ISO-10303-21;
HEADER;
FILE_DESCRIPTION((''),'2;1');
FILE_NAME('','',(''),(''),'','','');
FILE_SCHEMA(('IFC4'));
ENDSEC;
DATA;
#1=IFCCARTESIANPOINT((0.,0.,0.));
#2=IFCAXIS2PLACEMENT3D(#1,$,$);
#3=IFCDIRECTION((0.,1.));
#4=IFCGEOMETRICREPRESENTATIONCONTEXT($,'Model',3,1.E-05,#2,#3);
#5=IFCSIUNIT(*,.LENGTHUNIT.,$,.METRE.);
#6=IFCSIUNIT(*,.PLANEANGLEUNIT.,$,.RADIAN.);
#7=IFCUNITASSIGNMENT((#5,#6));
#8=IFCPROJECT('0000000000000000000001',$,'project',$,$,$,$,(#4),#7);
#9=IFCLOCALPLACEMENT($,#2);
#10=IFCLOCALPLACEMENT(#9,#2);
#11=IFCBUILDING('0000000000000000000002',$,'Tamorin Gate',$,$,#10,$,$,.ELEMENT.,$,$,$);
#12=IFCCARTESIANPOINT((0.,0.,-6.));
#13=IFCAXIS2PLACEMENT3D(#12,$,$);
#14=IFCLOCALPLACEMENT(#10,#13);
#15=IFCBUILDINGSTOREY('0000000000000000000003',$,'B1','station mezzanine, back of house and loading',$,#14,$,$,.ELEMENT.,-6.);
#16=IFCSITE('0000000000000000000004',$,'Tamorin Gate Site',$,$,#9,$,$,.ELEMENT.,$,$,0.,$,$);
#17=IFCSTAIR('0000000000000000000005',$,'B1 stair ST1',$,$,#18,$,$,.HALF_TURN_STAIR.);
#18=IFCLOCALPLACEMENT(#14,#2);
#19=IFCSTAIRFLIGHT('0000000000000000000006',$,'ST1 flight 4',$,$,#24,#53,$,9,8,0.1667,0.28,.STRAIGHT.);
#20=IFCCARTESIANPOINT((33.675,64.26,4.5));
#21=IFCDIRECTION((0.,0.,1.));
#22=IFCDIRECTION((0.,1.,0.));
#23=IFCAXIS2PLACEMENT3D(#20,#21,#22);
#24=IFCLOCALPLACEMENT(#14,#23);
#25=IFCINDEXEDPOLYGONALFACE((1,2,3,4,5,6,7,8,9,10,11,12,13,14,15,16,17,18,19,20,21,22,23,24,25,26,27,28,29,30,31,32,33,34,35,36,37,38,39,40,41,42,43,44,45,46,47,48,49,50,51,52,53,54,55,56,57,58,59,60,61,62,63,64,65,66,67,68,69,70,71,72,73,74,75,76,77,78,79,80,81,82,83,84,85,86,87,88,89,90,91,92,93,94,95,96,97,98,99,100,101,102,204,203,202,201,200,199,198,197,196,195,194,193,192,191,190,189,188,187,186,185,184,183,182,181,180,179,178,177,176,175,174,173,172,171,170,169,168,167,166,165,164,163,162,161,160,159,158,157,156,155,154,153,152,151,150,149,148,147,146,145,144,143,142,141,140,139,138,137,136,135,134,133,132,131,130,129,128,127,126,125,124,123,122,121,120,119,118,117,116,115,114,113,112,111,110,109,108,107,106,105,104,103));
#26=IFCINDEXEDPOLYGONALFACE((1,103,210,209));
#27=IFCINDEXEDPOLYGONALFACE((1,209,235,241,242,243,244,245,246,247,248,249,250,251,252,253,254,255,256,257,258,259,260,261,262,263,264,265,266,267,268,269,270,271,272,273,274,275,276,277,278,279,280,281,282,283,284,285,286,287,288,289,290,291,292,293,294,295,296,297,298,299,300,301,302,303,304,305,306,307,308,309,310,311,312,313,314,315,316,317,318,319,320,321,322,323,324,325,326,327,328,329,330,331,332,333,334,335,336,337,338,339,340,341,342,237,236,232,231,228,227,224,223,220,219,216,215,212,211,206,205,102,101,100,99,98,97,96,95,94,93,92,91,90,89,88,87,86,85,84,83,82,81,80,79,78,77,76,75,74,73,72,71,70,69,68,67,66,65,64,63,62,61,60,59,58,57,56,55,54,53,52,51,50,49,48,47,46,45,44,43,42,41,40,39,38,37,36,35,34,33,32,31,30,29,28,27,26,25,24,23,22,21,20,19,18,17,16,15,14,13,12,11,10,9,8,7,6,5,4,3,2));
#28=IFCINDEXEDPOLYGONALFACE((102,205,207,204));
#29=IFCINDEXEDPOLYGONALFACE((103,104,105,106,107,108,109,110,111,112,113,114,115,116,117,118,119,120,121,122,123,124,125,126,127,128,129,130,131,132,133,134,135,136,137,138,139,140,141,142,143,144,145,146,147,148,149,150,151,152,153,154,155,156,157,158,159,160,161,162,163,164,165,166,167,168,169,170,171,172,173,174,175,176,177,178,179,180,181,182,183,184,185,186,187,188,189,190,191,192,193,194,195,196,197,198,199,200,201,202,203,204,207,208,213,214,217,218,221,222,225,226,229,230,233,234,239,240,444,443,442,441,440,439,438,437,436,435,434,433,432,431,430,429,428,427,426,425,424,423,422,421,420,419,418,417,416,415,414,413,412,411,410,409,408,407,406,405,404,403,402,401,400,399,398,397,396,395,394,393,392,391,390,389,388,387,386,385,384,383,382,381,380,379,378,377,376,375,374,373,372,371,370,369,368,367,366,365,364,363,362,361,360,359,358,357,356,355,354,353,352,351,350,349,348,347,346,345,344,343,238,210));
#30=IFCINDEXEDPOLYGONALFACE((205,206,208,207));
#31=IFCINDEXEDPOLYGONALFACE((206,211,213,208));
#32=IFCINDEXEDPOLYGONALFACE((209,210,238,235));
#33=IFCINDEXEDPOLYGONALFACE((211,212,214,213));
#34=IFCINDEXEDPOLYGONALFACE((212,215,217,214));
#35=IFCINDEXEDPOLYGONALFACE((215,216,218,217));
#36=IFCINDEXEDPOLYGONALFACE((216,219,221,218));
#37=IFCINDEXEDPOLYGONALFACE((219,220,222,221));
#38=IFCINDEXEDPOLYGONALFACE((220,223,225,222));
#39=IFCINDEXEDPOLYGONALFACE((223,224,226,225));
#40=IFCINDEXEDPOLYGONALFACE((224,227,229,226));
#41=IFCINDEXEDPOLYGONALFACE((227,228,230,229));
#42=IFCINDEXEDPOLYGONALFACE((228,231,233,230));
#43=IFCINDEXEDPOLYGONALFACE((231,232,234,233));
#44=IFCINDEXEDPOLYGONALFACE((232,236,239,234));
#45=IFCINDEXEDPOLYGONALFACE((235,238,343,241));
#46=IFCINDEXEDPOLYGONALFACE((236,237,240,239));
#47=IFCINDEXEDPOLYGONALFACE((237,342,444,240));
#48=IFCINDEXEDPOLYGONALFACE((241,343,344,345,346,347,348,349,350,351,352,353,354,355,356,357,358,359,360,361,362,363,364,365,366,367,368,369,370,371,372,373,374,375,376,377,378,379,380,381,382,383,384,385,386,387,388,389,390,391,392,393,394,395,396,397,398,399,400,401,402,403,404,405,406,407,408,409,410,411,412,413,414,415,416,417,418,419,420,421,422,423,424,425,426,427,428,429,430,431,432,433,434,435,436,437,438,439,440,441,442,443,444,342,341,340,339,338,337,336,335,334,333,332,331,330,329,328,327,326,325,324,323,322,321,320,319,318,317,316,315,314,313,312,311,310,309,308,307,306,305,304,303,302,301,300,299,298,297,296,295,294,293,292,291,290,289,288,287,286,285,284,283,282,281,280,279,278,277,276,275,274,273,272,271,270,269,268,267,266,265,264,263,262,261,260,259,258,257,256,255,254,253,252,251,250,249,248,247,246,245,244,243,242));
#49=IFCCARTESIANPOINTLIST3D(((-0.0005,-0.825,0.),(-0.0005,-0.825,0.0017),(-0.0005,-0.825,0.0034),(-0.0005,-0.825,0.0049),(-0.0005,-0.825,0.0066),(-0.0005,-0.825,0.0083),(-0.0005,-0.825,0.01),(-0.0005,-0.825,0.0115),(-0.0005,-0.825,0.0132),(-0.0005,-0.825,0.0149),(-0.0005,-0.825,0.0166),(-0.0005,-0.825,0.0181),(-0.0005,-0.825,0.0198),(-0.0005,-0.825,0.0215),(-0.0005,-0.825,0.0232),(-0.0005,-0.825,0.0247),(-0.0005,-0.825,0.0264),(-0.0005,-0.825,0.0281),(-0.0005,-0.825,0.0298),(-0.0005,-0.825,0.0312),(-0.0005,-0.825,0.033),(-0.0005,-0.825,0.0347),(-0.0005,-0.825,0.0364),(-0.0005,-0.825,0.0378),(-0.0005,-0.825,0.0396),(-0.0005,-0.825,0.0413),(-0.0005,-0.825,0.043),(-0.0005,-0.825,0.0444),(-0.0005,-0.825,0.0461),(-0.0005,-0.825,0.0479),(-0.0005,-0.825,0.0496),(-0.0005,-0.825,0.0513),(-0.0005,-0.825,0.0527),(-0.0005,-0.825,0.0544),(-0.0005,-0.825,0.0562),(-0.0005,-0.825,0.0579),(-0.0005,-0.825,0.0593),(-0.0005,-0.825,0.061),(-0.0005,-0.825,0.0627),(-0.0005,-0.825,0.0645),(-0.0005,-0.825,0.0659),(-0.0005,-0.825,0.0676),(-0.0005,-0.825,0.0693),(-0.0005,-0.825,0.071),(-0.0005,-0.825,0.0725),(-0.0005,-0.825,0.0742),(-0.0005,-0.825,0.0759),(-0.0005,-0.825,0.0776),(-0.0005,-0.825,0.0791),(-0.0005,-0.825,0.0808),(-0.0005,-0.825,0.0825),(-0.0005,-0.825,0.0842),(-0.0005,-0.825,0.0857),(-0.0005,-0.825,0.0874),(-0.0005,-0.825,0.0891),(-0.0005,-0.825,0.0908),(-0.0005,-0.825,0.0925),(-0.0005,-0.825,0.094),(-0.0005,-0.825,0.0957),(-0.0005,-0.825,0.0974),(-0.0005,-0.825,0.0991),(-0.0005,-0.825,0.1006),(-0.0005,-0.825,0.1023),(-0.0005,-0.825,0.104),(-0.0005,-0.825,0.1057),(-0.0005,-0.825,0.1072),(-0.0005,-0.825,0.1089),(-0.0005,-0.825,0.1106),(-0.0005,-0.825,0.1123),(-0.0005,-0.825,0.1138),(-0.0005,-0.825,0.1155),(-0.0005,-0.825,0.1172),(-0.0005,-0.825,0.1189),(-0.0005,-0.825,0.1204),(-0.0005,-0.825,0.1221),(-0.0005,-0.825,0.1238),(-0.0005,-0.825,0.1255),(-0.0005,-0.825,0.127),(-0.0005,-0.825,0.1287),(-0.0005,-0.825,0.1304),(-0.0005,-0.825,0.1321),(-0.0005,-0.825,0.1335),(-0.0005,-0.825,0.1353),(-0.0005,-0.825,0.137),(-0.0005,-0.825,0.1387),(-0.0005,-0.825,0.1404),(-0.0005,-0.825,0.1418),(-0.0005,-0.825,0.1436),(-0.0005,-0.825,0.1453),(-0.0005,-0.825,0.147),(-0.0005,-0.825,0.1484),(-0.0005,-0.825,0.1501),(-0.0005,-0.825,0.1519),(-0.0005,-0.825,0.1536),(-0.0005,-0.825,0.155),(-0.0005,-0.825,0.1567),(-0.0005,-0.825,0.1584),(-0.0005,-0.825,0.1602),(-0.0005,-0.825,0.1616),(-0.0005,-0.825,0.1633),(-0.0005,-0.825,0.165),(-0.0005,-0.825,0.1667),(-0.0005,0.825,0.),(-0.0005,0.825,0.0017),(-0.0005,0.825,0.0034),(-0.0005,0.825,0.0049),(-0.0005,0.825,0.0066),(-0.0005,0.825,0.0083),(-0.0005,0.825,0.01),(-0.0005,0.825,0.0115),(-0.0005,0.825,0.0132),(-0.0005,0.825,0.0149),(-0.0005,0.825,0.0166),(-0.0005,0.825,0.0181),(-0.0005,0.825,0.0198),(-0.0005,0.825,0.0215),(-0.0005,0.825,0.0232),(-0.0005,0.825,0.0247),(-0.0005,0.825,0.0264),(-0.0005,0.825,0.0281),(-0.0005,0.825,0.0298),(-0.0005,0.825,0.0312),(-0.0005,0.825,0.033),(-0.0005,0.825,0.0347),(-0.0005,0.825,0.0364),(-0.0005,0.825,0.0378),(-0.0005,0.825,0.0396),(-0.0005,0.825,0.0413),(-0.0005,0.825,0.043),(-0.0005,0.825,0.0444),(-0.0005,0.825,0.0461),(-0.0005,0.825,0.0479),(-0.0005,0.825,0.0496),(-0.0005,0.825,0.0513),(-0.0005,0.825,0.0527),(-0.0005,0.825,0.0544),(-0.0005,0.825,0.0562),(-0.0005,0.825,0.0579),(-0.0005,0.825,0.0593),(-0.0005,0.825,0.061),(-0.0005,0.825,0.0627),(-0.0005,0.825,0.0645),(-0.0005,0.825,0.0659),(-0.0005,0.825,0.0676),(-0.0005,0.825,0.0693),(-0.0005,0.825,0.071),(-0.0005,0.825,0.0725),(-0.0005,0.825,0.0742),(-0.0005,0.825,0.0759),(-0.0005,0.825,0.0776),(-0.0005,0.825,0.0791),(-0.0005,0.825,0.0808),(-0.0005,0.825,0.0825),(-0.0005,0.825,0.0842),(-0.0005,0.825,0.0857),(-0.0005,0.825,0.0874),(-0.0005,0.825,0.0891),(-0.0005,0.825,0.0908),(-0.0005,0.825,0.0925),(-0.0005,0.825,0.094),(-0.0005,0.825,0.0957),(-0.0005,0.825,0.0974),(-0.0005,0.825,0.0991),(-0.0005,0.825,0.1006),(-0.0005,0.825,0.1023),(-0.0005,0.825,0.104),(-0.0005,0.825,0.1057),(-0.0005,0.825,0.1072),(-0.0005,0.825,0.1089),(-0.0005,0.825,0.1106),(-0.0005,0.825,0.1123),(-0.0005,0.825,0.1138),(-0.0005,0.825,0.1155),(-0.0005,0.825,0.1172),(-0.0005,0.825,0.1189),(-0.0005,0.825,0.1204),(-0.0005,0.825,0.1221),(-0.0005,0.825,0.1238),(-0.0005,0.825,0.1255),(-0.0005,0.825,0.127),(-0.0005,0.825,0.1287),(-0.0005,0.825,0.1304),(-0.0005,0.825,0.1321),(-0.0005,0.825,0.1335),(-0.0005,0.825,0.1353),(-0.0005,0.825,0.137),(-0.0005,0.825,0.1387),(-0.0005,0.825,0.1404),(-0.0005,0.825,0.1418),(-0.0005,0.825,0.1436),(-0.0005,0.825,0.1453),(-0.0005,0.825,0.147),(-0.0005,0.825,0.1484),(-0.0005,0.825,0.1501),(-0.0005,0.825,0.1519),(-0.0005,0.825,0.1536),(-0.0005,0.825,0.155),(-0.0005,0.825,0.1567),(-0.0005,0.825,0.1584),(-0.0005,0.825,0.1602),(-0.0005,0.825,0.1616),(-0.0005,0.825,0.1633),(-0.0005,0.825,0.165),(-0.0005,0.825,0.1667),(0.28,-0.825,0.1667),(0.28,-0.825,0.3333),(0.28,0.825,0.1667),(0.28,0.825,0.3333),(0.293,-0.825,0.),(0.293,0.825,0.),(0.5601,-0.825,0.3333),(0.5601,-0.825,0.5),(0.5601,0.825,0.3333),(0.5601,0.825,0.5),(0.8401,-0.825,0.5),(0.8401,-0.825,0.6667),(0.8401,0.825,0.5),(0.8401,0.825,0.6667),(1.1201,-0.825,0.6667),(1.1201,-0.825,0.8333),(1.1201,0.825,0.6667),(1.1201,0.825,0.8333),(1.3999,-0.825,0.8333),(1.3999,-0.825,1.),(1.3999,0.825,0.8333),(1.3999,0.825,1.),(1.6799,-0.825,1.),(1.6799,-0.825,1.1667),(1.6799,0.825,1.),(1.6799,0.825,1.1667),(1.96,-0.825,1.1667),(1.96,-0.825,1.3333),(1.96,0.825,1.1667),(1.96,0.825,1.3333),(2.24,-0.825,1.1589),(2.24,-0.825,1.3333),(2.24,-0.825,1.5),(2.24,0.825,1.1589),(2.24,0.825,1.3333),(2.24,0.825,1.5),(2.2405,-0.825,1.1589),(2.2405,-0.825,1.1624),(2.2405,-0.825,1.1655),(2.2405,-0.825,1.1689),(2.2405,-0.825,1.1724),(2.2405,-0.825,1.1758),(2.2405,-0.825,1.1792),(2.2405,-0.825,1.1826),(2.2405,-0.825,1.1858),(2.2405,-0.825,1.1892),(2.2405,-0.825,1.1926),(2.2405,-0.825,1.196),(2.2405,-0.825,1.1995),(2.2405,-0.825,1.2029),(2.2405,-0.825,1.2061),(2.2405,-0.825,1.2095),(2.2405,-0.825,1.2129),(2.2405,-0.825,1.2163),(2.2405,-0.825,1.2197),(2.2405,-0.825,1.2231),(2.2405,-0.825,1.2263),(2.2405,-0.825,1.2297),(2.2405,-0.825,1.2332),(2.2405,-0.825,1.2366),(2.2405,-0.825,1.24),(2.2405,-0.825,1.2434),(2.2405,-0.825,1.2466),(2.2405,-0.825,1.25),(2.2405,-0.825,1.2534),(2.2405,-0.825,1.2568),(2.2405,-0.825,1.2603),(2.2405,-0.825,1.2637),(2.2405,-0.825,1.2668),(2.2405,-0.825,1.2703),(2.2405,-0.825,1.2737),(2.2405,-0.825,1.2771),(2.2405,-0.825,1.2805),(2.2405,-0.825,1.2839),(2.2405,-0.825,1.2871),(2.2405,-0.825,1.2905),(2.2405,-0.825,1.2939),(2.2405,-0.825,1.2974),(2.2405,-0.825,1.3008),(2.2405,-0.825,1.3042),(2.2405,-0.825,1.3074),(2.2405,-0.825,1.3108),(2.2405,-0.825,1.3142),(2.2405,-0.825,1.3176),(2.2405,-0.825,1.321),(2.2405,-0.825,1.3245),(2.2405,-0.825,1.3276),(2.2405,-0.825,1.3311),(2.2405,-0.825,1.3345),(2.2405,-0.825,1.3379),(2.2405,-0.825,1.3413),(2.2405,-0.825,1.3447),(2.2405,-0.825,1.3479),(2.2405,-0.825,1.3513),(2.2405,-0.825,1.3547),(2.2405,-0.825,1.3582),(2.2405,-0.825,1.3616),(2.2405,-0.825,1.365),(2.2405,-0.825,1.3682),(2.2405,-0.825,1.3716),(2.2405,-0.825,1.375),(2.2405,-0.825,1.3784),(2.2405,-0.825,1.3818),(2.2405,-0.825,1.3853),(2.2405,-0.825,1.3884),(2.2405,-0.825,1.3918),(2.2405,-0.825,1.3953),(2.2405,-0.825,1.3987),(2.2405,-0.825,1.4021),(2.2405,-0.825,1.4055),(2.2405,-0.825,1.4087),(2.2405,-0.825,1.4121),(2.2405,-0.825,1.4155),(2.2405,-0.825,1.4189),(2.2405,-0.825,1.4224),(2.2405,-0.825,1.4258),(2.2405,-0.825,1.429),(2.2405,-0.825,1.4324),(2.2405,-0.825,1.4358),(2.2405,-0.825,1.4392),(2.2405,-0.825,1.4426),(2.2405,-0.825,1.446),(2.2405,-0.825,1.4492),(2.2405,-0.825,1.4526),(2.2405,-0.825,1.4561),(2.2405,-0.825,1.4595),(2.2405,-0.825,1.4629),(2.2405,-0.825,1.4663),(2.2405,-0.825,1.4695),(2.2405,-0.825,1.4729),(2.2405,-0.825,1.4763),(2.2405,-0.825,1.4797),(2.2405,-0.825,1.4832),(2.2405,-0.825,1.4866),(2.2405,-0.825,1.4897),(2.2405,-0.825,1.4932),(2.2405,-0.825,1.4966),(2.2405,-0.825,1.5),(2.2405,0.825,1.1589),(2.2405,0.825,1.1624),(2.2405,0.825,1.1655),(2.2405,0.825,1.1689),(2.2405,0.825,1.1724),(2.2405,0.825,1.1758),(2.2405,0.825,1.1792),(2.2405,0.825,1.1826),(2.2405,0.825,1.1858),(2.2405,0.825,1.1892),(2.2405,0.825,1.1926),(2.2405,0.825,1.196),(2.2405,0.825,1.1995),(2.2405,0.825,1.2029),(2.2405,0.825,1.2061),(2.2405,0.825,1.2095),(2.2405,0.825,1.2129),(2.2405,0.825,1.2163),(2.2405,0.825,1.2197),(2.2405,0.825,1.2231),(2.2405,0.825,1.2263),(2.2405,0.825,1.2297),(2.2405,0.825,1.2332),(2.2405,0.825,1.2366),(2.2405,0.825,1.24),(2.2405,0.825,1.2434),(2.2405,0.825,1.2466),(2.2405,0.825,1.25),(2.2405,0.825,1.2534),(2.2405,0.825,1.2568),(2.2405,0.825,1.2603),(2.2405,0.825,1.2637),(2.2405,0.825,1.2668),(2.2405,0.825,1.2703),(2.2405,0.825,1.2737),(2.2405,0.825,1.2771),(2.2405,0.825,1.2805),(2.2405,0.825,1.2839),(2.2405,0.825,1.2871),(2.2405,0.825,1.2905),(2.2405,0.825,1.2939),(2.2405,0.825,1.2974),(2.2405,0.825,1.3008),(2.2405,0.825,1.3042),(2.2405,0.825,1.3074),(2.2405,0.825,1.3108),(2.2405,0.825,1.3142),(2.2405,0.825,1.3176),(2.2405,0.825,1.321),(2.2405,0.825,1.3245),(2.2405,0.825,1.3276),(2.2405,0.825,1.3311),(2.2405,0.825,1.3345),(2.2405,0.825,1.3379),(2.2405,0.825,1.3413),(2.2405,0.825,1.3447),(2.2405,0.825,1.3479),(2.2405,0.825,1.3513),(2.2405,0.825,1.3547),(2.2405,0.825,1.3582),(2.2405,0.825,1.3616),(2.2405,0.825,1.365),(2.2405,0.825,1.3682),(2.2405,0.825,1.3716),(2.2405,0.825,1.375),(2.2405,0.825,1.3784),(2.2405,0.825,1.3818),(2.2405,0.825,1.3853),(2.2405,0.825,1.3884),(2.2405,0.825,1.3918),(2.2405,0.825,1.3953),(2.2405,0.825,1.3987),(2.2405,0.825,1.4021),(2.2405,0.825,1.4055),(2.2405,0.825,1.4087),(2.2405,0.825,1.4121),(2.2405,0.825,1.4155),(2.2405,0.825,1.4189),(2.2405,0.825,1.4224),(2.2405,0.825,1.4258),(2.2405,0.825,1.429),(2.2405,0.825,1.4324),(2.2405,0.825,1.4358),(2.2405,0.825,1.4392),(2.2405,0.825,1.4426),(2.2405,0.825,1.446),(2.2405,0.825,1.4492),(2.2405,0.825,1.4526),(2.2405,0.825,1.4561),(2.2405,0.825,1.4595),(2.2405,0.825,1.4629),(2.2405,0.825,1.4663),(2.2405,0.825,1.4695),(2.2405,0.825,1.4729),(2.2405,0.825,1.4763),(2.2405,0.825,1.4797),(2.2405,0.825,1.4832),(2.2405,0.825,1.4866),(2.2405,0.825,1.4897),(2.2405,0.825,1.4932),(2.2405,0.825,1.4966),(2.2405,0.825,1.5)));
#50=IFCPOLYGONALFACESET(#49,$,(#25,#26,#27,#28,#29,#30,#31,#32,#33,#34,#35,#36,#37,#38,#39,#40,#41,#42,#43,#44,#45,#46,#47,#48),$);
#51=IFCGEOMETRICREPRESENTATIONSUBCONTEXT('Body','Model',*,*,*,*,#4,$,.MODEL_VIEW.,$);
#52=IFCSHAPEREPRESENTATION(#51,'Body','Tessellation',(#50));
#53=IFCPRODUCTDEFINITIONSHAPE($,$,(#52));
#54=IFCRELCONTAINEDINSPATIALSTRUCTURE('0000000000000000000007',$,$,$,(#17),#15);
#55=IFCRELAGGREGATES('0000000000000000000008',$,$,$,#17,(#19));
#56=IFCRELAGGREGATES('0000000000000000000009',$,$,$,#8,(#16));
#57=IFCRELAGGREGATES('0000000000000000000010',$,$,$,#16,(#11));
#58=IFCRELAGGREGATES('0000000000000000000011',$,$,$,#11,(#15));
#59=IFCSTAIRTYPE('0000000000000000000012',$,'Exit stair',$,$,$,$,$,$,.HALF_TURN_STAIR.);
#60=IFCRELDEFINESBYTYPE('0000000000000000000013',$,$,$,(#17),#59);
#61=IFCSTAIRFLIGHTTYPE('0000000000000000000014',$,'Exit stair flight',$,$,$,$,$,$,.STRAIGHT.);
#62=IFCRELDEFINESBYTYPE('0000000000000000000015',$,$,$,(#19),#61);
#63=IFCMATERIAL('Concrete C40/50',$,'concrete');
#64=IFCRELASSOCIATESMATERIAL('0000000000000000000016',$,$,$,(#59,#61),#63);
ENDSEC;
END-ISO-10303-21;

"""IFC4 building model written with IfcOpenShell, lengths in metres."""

from ifc_helpers import new_model, si_unit, direction, frame, origin, place, context, subcontext, project, spatial, polyline, outline, extrude, material, type_object, element, aggregate, save


model = new_model("IFC4")

# Units and contexts
model_context = context("Model", 3, precision=1e-05, world=origin(), true_north=direction((0.0, 1.0)))
body_context = subcontext(model_context, "Body", "Model", "MODEL_VIEW")
ifc_project = project(units=[si_unit("LENGTHUNIT", "METRE"), si_unit("PLANEANGLEUNIT", "RADIAN")], contexts=[model_context])

# Site, building, storey
site_placement = place(None, origin())
site = spatial("IfcSite", under=ifc_project, at=site_placement, Name="Tamorin Gate Site", CompositionType="ELEMENT", RefElevation=0.0)
building_placement = place(site_placement, origin())
building = spatial("IfcBuilding", under=site, at=building_placement, Name="Tamorin Gate", CompositionType="ELEMENT")
storey_placement = place(building_placement, frame((0.0, 0.0, -6.0)))
storey = spatial("IfcBuildingStorey", under=building, at=storey_placement, Name="B1", Description="station mezzanine, back of house and loading", CompositionType="ELEMENT", Elevation=-6.0)

# Shared definitions
ifc_material_1 = material(Name="Concrete C40/50", Category="concrete")

# Stair, stair flight
stair_type = type_object("IfcStairType", Name="Exit stair", PredefinedType="HALF_TURN_STAIR", material=ifc_material_1)
stair_placement = place(storey_placement, origin())
stair = element("IfcStair", 1, at=stair_placement, inside=storey, type_object=stair_type, Name="B1 stair ST1", PredefinedType="HALF_TURN_STAIR")
stair_flight_type = type_object("IfcStairFlightType", Name="Exit stair flight", PredefinedType="STRAIGHT", material=ifc_material_1)
stair_flight_1_placement = place(storey_placement, frame((33.675, 64.26, 4.5), z_axis=(0.0, 0.0, 1.0), x_axis=(0.0, 1.0, 0.0)))
stair_flight_1 = element("IfcStairFlight", 2, at=stair_flight_1_placement, type_object=stair_flight_type, Name="ST1 flight 4", NumberOfRisers=9, NumberOfTreads=8, PredefinedType="STRAIGHT", RiserHeight=0.1667, TreadLength=0.28, context=body_context, shape_type="SweptSolid", body=[
    extrude(outline(polyline([(-0.0005, 0.0), (-0.0005, 0.0017), (-0.0005, 0.0034), (-0.0005, 0.0049), (-0.0005, 0.0066), (-0.0005, 0.0083), (-0.0005, 0.01), (-0.0005, 0.0115), (-0.0005, 0.0132), (-0.0005, 0.0149), (-0.0005, 0.0166), (-0.0005, 0.0181), (-0.0005, 0.0198), (-0.0005, 0.0215), (-0.0005, 0.0232), (-0.0005, 0.0247), (-0.0005, 0.0264), (-0.0005, 0.0281), (-0.0005, 0.0298), (-0.0005, 0.0312), (-0.0005, 0.033), (-0.0005, 0.0347), (-0.0005, 0.0364), (-0.0005, 0.0378), (-0.0005, 0.0396), (-0.0005, 0.0413), (-0.0005, 0.043), (-0.0005, 0.0444), (-0.0005, 0.0461), (-0.0005, 0.0479), (-0.0005, 0.0496), (-0.0005, 0.0513), (-0.0005, 0.0527), (-0.0005, 0.0544), (-0.0005, 0.0562), (-0.0005, 0.0579), (-0.0005, 0.0593), (-0.0005, 0.061), (-0.0005, 0.0627), (-0.0005, 0.0645), (-0.0005, 0.0659), (-0.0005, 0.0676), (-0.0005, 0.0693), (-0.0005, 0.071), (-0.0005, 0.0725), (-0.0005, 0.0742), (-0.0005, 0.0759), (-0.0005, 0.0776), (-0.0005, 0.0791), (-0.0005, 0.0808), (-0.0005, 0.0825), (-0.0005, 0.0842), (-0.0005, 0.0857), (-0.0005, 0.0874), (-0.0005, 0.0891), (-0.0005, 0.0908), (-0.0005, 0.0925), (-0.0005, 0.094), (-0.0005, 0.0957), (-0.0005, 0.0974), (-0.0005, 0.0991), (-0.0005, 0.1006), (-0.0005, 0.1023), (-0.0005, 0.104), (-0.0005, 0.1057), (-0.0005, 0.1072), (-0.0005, 0.1089), (-0.0005, 0.1106), (-0.0005, 0.1123), (-0.0005, 0.1138), (-0.0005, 0.1155), (-0.0005, 0.1172), (-0.0005, 0.1189), (-0.0005, 0.1204), (-0.0005, 0.1221), (-0.0005, 0.1238), (-0.0005, 0.1255), (-0.0005, 0.127), (-0.0005, 0.1287), (-0.0005, 0.1304), (-0.0005, 0.1321), (-0.0005, 0.1335), (-0.0005, 0.1353), (-0.0005, 0.137), (-0.0005, 0.1387), (-0.0005, 0.1404), (-0.0005, 0.1418), (-0.0005, 0.1436), (-0.0005, 0.1453), (-0.0005, 0.147), (-0.0005, 0.1484), (-0.0005, 0.1501), (-0.0005, 0.1519), (-0.0005, 0.1536), (-0.0005, 0.155), (-0.0005, 0.1567), (-0.0005, 0.1584), (-0.0005, 0.1602), (-0.0005, 0.1616), (-0.0005, 0.1633), (-0.0005, 0.165), (-0.0005, 0.1667), (0.28, 0.1667), (0.28, 0.3333), (0.5601, 0.3333), (0.5601, 0.5), (0.8401, 0.5), (0.8401, 0.6667), (1.1201, 0.6667), (1.1201, 0.8333), (1.3999, 0.8333), (1.3999, 1.0), (1.6799, 1.0), (1.6799, 1.1667), (1.96, 1.1667), (1.96, 1.3333), (2.24, 1.3333), (2.24, 1.5), (2.2405, 1.5), (2.2405, 1.4966), (2.2405, 1.4932), (2.2405, 1.4897), (2.2405, 1.4866), (2.2405, 1.4832), (2.2405, 1.4797), (2.2405, 1.4763), (2.2405, 1.4729), (2.2405, 1.4695), (2.2405, 1.4663), (2.2405, 1.4629), (2.2405, 1.4595), (2.2405, 1.4561), (2.2405, 1.4526), (2.2405, 1.4492), (2.2405, 1.446), (2.2405, 1.4426), (2.2405, 1.4392), (2.2405, 1.4358), (2.2405, 1.4324), (2.2405, 1.429), (2.2405, 1.4258), (2.2405, 1.4224), (2.2405, 1.4189), (2.2405, 1.4155), (2.2405, 1.4121), (2.2405, 1.4087), (2.2405, 1.4055), (2.2405, 1.4021), (2.2405, 1.3987), (2.2405, 1.3953), (2.2405, 1.3918), (2.2405, 1.3884), (2.2405, 1.3853), (2.2405, 1.3818), (2.2405, 1.3784), (2.2405, 1.375), (2.2405, 1.3716), (2.2405, 1.3682), (2.2405, 1.365), (2.2405, 1.3616), (2.2405, 1.3582), (2.2405, 1.3547), (2.2405, 1.3513), (2.2405, 1.3479), (2.2405, 1.3447), (2.2405, 1.3413), (2.2405, 1.3379), (2.2405, 1.3345), (2.2405, 1.3311), (2.2405, 1.3276), (2.2405, 1.3245), (2.2405, 1.321), (2.2405, 1.3176), (2.2405, 1.3142), (2.2405, 1.3108), (2.2405, 1.3074), (2.2405, 1.3042), (2.2405, 1.3008), (2.2405, 1.2974), (2.2405, 1.2939), (2.2405, 1.2905), (2.2405, 1.2871), (2.2405, 1.2839), (2.2405, 1.2805), (2.2405, 1.2771), (2.2405, 1.2737), (2.2405, 1.2703), (2.2405, 1.2668), (2.2405, 1.2637), (2.2405, 1.2603), (2.2405, 1.2568), (2.2405, 1.2534), (2.2405, 1.25), (2.2405, 1.2466), (2.2405, 1.2434), (2.2405, 1.24), (2.2405, 1.2366), (2.2405, 1.2332), (2.2405, 1.2297), (2.2405, 1.2263), (2.2405, 1.2231), (2.2405, 1.2197), (2.2405, 1.2163), (2.2405, 1.2129), (2.2405, 1.2095), (2.2405, 1.2061), (2.2405, 1.2029), (2.2405, 1.1995), (2.2405, 1.196), (2.2405, 1.1926), (2.2405, 1.1892), (2.2405, 1.1858), (2.2405, 1.1826), (2.2405, 1.1792), (2.2405, 1.1758), (2.2405, 1.1724), (2.2405, 1.1689), (2.2405, 1.1655), (2.2405, 1.1624), (2.2405, 1.1589), (2.24, 1.1589), (0.293, 0.0), (-0.0005, 0.0)])), frame((0.0, 0.825, 0.0), z_axis=(0.0, -1.0, 0.0), x_axis=(1.0, 0.0, 0.0)), (0.0, 0.0, 1.0), 1.6499),
])
aggregate(stair, [stair_flight_1])

save(model, "model.ifc")
